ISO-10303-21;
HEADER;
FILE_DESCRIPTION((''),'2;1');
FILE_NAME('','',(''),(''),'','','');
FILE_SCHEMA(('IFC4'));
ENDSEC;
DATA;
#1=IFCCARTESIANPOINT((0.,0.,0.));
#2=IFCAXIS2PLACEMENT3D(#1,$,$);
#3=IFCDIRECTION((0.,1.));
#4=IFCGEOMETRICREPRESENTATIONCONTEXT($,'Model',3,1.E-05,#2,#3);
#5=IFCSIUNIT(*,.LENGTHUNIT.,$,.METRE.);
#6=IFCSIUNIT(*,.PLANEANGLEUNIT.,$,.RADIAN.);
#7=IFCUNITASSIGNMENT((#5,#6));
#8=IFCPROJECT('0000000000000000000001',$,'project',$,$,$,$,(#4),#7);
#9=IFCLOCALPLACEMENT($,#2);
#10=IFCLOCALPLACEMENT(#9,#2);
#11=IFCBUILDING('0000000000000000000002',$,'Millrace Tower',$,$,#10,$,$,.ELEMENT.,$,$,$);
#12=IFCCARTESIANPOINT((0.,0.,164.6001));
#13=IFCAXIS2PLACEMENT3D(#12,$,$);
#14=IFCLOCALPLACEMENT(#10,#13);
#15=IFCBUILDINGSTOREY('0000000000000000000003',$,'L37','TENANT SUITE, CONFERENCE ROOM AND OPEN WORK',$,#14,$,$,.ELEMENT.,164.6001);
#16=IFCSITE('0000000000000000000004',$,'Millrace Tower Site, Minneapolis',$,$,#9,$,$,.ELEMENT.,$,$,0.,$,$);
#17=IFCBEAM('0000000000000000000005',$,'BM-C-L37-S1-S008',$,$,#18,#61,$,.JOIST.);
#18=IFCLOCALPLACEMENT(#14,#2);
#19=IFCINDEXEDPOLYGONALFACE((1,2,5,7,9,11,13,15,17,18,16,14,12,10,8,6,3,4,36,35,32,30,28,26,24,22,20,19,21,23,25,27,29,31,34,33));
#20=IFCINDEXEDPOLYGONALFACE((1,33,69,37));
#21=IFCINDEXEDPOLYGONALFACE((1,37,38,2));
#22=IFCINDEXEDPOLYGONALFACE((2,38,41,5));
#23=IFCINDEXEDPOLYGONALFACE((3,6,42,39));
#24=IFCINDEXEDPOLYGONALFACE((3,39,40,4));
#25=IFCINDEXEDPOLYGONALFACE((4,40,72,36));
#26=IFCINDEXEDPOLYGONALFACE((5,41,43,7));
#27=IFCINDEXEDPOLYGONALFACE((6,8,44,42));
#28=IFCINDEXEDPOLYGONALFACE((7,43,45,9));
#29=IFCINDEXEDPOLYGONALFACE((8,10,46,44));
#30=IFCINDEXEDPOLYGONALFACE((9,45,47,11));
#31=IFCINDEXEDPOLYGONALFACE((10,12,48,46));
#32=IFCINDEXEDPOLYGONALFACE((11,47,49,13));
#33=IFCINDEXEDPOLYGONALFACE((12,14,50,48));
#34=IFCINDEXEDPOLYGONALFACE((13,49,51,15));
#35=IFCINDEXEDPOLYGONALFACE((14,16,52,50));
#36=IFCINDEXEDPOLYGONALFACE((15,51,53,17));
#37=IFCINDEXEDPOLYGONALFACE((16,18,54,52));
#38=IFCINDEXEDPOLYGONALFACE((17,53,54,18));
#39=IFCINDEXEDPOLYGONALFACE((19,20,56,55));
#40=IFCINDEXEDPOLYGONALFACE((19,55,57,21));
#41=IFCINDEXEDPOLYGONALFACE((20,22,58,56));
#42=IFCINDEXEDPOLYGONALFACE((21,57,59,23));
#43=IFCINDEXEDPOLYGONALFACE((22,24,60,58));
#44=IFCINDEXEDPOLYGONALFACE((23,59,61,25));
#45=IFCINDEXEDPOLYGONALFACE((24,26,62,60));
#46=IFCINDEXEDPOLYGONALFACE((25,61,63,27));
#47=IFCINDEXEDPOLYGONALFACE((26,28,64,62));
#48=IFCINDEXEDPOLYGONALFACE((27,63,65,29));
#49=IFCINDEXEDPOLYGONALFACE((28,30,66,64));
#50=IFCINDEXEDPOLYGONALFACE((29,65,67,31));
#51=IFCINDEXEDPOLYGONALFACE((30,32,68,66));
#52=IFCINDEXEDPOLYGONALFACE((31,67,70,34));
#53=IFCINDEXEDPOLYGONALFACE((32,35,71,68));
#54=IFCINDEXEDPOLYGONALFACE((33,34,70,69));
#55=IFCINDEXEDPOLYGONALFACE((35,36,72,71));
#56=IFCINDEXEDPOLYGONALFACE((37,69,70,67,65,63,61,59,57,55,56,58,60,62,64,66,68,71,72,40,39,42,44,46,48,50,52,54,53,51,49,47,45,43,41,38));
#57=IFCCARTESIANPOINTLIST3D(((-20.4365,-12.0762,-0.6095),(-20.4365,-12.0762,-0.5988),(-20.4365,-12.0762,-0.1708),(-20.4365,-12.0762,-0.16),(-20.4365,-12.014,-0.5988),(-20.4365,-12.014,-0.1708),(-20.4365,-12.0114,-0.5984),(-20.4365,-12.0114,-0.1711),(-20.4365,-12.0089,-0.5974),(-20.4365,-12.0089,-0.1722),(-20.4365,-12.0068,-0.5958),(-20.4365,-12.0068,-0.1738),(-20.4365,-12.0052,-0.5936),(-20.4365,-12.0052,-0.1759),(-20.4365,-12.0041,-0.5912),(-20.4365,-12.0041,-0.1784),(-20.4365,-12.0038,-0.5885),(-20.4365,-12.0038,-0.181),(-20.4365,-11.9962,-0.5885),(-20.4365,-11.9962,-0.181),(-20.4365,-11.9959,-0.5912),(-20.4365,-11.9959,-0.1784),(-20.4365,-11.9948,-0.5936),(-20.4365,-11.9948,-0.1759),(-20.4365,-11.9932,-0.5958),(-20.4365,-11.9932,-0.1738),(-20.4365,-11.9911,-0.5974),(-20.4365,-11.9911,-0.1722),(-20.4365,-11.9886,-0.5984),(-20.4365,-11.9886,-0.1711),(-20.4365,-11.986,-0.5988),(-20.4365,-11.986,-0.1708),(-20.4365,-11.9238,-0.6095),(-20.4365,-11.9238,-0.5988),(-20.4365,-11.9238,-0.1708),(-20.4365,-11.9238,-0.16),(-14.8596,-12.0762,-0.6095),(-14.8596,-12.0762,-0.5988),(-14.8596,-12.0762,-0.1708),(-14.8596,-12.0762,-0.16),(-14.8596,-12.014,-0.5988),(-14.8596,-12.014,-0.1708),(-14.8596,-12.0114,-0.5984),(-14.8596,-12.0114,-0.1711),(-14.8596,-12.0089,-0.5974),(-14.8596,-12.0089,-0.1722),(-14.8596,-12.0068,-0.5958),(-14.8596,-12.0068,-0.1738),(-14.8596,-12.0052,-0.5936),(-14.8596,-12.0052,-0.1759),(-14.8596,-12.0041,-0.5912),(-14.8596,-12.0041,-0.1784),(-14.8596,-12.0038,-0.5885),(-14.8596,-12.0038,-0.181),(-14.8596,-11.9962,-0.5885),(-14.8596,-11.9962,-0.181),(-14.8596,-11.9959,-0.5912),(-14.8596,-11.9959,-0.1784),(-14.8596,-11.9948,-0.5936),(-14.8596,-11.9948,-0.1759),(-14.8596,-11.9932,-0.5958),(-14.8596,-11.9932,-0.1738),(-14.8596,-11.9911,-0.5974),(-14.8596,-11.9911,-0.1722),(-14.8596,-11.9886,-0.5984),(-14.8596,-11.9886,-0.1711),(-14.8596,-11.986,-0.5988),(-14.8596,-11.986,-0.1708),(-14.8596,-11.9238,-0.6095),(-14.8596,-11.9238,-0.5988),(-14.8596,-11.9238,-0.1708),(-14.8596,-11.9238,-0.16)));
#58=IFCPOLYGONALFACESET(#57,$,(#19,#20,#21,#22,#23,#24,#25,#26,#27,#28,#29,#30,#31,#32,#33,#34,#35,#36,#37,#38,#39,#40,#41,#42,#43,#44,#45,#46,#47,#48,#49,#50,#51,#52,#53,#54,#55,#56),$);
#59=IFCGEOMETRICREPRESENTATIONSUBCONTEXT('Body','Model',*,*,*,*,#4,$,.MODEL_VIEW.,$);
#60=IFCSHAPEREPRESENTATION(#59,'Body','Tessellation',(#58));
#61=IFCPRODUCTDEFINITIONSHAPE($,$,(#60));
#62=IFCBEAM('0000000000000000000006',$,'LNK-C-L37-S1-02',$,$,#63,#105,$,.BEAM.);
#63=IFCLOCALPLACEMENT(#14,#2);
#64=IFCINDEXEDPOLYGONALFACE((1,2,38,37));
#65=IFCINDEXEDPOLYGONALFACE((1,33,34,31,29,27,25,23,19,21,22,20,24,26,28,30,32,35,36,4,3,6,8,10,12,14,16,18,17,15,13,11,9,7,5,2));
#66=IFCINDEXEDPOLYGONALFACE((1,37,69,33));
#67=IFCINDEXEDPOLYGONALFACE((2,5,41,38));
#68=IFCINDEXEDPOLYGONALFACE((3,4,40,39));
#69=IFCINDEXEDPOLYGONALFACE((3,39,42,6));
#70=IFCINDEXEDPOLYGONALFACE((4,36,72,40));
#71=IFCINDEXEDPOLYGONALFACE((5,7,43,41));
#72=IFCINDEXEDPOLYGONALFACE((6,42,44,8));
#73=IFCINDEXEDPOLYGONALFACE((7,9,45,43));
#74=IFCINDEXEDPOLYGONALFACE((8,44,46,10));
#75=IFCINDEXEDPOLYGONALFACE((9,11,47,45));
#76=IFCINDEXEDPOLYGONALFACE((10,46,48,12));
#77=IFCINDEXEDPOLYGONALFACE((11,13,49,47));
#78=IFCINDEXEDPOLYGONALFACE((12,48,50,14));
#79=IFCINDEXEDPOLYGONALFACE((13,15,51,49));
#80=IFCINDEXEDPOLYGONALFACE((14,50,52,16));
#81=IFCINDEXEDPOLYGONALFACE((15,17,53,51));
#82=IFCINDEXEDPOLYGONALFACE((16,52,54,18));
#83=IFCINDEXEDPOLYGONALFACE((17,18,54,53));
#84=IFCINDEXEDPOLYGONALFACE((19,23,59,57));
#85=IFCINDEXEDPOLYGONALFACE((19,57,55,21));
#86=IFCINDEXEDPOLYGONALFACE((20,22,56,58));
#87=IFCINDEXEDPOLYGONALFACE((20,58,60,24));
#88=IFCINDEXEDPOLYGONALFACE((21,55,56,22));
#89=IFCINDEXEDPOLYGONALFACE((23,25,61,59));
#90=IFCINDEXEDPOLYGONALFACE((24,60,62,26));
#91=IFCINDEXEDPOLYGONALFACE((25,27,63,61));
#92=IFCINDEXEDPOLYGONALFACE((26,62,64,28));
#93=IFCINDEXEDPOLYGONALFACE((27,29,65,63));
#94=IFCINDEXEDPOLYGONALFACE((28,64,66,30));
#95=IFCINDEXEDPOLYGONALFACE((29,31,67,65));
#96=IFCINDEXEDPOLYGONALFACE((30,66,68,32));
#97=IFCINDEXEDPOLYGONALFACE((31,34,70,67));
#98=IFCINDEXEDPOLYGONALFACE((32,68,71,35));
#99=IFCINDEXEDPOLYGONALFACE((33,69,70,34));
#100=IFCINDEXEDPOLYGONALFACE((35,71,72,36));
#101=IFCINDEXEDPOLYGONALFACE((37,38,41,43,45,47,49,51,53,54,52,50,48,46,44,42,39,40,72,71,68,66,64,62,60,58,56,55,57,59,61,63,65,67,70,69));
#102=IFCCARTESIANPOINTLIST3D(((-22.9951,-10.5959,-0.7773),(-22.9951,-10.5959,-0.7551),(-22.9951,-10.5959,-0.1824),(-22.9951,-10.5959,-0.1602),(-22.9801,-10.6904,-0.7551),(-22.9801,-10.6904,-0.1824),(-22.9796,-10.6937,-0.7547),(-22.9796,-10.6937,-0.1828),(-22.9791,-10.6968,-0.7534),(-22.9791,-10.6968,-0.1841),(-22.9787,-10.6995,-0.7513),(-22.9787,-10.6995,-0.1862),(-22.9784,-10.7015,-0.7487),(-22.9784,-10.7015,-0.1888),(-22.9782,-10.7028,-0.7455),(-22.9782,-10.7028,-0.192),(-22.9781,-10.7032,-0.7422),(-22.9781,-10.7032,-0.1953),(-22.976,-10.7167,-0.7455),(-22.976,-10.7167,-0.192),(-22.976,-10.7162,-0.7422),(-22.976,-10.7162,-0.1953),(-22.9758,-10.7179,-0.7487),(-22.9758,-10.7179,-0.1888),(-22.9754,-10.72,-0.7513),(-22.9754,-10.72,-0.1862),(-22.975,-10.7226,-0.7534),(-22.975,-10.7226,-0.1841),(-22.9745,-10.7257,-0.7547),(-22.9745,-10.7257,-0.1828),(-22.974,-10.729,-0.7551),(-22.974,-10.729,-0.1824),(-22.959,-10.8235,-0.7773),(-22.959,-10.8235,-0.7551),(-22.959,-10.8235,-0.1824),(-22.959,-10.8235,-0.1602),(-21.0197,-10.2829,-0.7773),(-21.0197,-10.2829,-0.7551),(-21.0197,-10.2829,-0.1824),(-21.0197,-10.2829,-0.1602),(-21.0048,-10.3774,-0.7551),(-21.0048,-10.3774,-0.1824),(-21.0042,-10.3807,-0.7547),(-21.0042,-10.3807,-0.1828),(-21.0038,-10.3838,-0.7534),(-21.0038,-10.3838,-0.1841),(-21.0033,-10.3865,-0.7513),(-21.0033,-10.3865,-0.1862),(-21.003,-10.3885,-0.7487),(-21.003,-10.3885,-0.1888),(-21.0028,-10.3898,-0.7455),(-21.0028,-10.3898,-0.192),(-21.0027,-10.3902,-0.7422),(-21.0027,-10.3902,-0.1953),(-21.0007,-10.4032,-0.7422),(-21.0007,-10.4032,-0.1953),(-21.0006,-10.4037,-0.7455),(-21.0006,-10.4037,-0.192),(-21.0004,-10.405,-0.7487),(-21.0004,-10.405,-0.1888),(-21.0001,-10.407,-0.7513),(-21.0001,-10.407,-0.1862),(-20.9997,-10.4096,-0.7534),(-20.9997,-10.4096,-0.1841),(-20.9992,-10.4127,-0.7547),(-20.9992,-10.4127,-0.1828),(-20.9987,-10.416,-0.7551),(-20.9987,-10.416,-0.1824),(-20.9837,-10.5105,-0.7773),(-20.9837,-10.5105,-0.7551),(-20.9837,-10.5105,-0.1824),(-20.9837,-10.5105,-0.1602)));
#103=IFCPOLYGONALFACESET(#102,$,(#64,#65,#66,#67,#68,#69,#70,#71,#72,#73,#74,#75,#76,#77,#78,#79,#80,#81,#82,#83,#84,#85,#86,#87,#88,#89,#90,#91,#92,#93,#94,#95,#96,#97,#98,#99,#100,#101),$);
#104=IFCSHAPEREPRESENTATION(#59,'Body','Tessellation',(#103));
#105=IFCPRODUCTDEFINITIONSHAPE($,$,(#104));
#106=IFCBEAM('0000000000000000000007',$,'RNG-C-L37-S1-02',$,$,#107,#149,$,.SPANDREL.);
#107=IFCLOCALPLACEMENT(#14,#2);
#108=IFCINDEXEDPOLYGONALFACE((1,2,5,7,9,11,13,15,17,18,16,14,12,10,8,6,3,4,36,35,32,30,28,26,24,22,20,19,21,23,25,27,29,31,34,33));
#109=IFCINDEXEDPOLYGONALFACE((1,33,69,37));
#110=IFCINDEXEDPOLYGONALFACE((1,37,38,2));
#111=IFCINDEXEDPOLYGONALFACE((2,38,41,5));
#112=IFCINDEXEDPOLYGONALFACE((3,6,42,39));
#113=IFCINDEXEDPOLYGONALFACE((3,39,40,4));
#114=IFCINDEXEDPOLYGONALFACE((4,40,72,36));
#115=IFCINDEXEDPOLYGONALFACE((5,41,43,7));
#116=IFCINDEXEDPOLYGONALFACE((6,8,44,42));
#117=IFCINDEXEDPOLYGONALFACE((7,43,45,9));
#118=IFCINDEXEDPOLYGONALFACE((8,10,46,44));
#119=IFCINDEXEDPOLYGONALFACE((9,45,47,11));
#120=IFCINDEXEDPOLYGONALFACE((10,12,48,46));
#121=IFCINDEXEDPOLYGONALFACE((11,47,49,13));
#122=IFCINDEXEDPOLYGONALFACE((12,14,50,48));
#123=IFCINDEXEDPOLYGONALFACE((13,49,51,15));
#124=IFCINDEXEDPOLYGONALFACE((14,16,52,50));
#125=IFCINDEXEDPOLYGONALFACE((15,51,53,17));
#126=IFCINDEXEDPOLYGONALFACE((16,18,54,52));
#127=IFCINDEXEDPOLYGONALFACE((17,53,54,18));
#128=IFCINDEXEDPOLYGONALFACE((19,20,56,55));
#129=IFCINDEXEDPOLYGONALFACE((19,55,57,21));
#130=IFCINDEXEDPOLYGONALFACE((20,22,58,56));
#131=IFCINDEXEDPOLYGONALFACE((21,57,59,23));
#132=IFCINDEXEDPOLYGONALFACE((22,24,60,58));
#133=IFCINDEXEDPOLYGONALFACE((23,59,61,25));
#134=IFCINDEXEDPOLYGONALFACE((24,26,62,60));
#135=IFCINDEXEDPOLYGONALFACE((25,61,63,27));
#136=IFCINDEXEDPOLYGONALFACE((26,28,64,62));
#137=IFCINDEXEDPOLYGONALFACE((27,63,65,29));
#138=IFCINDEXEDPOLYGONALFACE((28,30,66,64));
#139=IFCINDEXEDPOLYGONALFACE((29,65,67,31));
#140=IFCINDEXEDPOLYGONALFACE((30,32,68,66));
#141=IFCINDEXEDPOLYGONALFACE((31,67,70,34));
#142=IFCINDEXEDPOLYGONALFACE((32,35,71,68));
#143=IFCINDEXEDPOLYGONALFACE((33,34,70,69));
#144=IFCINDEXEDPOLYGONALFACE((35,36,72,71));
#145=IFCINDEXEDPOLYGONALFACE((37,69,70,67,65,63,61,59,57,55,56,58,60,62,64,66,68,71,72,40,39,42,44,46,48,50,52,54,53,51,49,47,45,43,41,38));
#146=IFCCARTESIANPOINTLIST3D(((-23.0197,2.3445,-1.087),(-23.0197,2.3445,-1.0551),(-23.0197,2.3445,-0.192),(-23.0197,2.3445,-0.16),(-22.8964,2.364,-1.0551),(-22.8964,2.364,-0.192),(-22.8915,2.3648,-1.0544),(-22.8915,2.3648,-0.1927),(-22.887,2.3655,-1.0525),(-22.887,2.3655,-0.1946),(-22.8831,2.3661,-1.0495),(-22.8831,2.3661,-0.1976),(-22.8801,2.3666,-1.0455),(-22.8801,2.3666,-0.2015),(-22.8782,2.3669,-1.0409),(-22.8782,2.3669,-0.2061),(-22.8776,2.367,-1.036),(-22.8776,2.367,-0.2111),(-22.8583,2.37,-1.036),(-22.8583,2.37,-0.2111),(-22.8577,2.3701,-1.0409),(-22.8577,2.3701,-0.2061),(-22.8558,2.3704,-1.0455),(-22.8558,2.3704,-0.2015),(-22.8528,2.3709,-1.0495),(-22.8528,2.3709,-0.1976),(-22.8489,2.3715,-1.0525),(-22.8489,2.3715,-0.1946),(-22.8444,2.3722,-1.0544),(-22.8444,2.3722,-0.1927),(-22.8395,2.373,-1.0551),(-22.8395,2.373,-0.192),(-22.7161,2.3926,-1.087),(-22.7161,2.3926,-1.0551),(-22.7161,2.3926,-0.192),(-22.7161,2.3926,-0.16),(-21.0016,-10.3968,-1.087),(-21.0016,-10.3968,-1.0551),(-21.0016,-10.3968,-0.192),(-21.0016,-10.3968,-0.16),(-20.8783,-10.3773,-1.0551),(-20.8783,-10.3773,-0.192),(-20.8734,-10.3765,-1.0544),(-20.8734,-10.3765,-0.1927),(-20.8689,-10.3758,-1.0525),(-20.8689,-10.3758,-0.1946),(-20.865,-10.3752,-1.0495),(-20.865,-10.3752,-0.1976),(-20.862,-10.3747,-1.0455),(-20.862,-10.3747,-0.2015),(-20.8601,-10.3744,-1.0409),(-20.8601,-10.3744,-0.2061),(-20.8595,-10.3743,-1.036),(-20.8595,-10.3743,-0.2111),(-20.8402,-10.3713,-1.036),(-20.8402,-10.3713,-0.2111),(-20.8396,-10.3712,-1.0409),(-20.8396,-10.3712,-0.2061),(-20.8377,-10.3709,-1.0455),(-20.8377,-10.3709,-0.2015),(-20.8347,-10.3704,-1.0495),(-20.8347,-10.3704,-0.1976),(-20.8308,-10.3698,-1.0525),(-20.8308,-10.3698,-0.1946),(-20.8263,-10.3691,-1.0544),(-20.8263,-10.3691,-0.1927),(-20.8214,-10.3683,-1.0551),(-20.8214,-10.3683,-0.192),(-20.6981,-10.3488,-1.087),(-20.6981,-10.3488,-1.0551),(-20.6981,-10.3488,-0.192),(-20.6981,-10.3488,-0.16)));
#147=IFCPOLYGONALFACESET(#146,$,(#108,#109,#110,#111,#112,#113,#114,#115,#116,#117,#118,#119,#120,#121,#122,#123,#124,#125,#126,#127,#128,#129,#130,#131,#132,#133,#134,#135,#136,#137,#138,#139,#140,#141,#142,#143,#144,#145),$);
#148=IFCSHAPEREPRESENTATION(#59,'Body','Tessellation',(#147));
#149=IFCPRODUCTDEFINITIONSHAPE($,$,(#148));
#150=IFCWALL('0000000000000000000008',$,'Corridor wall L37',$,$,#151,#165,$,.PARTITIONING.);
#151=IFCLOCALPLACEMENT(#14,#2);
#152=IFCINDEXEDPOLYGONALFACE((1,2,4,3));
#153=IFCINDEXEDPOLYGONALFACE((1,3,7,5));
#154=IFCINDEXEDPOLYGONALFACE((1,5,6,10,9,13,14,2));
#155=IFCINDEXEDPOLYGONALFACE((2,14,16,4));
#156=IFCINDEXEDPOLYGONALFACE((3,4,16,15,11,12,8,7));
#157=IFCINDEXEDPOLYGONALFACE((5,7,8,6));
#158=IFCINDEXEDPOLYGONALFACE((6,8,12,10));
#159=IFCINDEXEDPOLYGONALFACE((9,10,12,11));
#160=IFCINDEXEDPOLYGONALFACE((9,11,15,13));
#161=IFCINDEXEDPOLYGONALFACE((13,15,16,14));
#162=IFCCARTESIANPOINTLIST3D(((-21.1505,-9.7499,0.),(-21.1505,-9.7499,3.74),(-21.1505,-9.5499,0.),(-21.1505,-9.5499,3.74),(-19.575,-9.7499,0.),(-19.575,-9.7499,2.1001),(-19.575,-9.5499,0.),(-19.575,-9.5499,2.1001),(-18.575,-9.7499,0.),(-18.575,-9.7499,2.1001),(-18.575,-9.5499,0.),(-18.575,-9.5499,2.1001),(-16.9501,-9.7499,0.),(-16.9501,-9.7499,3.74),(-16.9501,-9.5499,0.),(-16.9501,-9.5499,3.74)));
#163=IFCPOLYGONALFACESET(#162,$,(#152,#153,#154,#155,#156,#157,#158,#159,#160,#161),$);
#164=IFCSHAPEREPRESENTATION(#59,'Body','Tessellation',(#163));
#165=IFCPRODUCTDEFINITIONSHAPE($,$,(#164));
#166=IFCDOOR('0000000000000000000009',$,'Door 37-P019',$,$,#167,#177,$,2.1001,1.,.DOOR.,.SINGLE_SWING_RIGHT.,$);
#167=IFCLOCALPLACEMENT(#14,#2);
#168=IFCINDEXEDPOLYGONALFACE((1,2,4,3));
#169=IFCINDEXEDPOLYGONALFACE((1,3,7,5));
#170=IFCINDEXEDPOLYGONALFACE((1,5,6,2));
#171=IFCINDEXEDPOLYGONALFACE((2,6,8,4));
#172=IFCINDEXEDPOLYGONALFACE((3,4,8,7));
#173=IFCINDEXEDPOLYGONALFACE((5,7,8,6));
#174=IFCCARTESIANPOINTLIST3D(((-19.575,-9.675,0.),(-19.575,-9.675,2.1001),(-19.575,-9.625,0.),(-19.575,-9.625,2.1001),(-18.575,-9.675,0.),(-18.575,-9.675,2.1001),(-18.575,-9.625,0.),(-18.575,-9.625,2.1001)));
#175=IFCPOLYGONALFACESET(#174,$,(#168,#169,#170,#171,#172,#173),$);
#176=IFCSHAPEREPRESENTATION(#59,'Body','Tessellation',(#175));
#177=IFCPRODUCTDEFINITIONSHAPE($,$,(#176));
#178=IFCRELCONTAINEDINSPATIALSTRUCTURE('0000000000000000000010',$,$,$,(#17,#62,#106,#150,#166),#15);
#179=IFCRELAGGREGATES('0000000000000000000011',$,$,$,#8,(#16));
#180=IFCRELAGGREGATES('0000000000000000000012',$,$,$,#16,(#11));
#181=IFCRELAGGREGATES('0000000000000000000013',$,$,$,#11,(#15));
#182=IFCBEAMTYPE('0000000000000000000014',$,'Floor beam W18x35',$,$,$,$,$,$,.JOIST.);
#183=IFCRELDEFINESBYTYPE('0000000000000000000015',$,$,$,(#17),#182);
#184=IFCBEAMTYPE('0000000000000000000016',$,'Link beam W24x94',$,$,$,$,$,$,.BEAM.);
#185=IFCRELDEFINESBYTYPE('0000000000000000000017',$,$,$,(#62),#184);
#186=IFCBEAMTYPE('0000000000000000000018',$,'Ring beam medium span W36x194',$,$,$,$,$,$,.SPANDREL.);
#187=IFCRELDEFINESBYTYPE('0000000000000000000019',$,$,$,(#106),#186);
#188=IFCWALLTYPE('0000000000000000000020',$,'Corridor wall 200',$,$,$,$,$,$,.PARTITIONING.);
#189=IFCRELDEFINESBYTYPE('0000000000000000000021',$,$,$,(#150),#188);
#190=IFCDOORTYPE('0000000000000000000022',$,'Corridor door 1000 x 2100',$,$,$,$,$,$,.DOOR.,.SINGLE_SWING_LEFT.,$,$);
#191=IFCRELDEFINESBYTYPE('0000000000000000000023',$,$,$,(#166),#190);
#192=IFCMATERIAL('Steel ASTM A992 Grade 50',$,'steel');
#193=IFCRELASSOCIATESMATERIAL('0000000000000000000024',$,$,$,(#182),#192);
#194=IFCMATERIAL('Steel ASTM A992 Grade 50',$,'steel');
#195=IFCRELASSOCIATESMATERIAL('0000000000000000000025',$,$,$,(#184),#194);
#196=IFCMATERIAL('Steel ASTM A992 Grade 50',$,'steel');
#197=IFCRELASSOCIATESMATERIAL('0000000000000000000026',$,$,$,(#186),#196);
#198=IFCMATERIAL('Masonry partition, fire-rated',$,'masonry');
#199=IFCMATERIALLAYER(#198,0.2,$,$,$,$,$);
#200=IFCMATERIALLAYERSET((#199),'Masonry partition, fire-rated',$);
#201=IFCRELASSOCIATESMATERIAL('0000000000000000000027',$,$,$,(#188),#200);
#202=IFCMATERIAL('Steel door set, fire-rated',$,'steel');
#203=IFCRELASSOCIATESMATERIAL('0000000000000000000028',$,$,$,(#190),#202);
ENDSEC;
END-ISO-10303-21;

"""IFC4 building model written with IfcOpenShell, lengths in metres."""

from ifc_helpers import new_model, si_unit, direction, frame, frame_2d, origin, origin_2d, place, context, subcontext, project, spatial, rectangle, i_section, extrude, material, layer, layer_set, material_profile, profile_set, type_object, element, fill, save


model = new_model("IFC4")

# Units and contexts
model_context = context("Model", 3, precision=1e-05, world=origin(), true_north=direction((0.0, 1.0)))
body_context = subcontext(model_context, "Body", "Model", "MODEL_VIEW")
ifc_project = project(units=[si_unit("LENGTHUNIT", "METRE"), si_unit("PLANEANGLEUNIT", "RADIAN")], contexts=[model_context])

# Site, building, storey
site_placement = place(None, origin())
site = spatial("IfcSite", under=ifc_project, at=site_placement, Name="Millrace Tower Site, Minneapolis", CompositionType="ELEMENT", RefElevation=0.0)
building_placement = place(site_placement, origin())
building = spatial("IfcBuilding", under=site, at=building_placement, Name="Millrace Tower", CompositionType="ELEMENT")
storey_placement = place(building_placement, frame((0.0, 0.0, 164.6001)))
storey = spatial("IfcBuildingStorey", under=building, at=storey_placement, Name="L37", Description="TENANT SUITE, CONFERENCE ROOM AND OPEN WORK", CompositionType="ELEMENT", Elevation=164.6001)

# Beams
ifc_material_1 = material(Name="Steel ASTM A992 Grade 50", Category="steel")
ifc_material_profile_1 = material_profile(ifc_material_1, i_section(OverallWidth=0.1523, OverallDepth=0.4495, WebThickness=0.0076, FlangeThickness=0.0107, FilletRadius=0.0103, at=origin_2d()))
ifc_profile_set_1 = profile_set([ifc_material_profile_1], Name="Steel ASTM A992 Grade 50")
beam_type_1 = type_object("IfcBeamType", Name="Floor beam W18x35", PredefinedType="JOIST", material=ifc_profile_set_1)
beam_1_placement = place(storey_placement, frame((-20.4365, -12.0, -0.3848), z_axis=(1.0, 0.0, 0.0), x_axis=(0.0, 1.0, 0.0)))
element("IfcBeam", 1, at=beam_1_placement, inside=storey, type_object=beam_type_1, Name="BM-C-L37-S1-S008", PredefinedType="JOIST", context=body_context, shape_type="SweptSolid", body=[
    extrude(i_section(OverallWidth=0.1523, OverallDepth=0.4495, WebThickness=0.0076, FlangeThickness=0.0107, FilletRadius=0.0103, at=origin_2d()), origin(), (0.0, 0.0, 1.0), 5.5769),
])
ifc_material_2 = material(Name="Steel ASTM A992 Grade 50", Category="steel")
ifc_material_profile_2 = material_profile(ifc_material_2, i_section(OverallWidth=0.2305, OverallDepth=0.6172, WebThickness=0.0132, FlangeThickness=0.0222, FilletRadius=0.0129, at=origin_2d()))
ifc_profile_set_2 = profile_set([ifc_material_profile_2], Name="Steel ASTM A992 Grade 50")
beam_type_2 = type_object("IfcBeamType", Name="Link beam W24x94", PredefinedType="BEAM", material=ifc_profile_set_2)
beam_2_placement = place(storey_placement, frame((-21.0017, -10.3967, -0.4688), z_axis=(-0.987679, -0.156495, 0.0), x_axis=(0.156495, -0.987679, 0.0)))
element("IfcBeam", 2, at=beam_2_placement, inside=storey, type_object=beam_type_2, Name="LNK-C-L37-S1-02", PredefinedType="BEAM", context=body_context, shape_type="SweptSolid", body=[
    extrude(i_section(OverallWidth=0.2305, OverallDepth=0.6172, WebThickness=0.0132, FlangeThickness=0.0222, FilletRadius=0.0129, at=origin_2d()), origin(), (0.0, 0.0, 1.0), 2.0),
])
ifc_material_3 = material(Name="Steel ASTM A992 Grade 50", Category="steel")
ifc_material_profile_3 = material_profile(ifc_material_3, i_section(OverallWidth=0.3074, OverallDepth=0.927, WebThickness=0.0195, FlangeThickness=0.032, FilletRadius=0.019, at=origin_2d()))
ifc_profile_set_3 = profile_set([ifc_material_profile_3], Name="Steel ASTM A992 Grade 50")
beam_type_3 = type_object("IfcBeamType", Name="Ring beam medium span W36x194", PredefinedType="SPANDREL", material=ifc_profile_set_3)
beam_3_placement = place(storey_placement, frame((-20.8499, -10.3728, -0.6235), z_axis=(-0.156439, 0.987688, 0.0), x_axis=(-0.987688, -0.156439, 0.0)))
element("IfcBeam", 3, at=beam_3_placement, inside=storey, type_object=beam_type_3, Name="RNG-C-L37-S1-02", PredefinedType="SPANDREL", context=body_context, shape_type="SweptSolid", body=[
    extrude(i_section(OverallWidth=0.3074, OverallDepth=0.927, WebThickness=0.0195, FlangeThickness=0.032, FilletRadius=0.019, at=origin_2d()), origin(), (0.0, 0.0, 1.0), 12.9001),
])

# Shared definitions
ifc_material_4 = material(Name="Masonry partition, fire-rated", Category="masonry")
ifc_layer_1 = layer(ifc_material_4, 0.2)
ifc_layer_set_1 = layer_set([ifc_layer_1], Name="Masonry partition, fire-rated")
wall_type = type_object("IfcWallType", Name="Corridor wall 200", PredefinedType="PARTITIONING", material=ifc_layer_set_1)
ifc_material_5 = material(Name="Steel door set, fire-rated", Category="steel")
door_type_1 = type_object("IfcDoorType", Name="Corridor door 1000 x 2100", OperationType="SINGLE_SWING_LEFT", PredefinedType="DOOR", material=ifc_material_5)

# Wall, opening, door
wall_1_placement = place(storey_placement, frame((-21.1504, -9.6499, 0.0), z_axis=(0.0, 0.0, 1.0), x_axis=(1.0, 0.0, 0.0)))
wall_1 = element("IfcWall", 4, at=wall_1_placement, inside=storey, type_object=wall_type, Name="Corridor wall L37", PredefinedType="PARTITIONING", context=body_context, shape_type="SweptSolid", body=[
    extrude(rectangle(XDim=4.2004, YDim=0.2, at=frame_2d((2.1001, 0.0))), origin(), (0.0, 0.0, 1.0), 3.74),
])
opening_1_placement = place(wall_1_placement, frame((1.5754, 0.0, 0.0)))
opening_1 = element("IfcOpeningElement", 5, at=opening_1_placement, cuts=wall_1, PredefinedType="OPENING", context=body_context, shape_type="SweptSolid", body=[
    extrude(rectangle(XDim=1.0, YDim=2.1001, at=frame_2d((0.5, 1.05))), frame((0.0, 0.1099, 0.0), z_axis=(0.0, -1.0, 0.0), x_axis=(1.0, 0.0, 0.0)), (0.0, 0.0, 1.0), 0.22),
])
door_1_placement = place(opening_1_placement, origin())
door_1 = element("IfcDoor", 6, at=door_1_placement, inside=storey, type_object=door_type_1, Name="Door 37-P019", OperationType="SINGLE_SWING_RIGHT", OverallHeight=2.1001, OverallWidth=1.0, PredefinedType="DOOR", context=body_context, shape_type="SweptSolid", body=[
    extrude(rectangle(XDim=1.0, YDim=2.1001, at=frame_2d((0.5, 1.05))), frame((0.0, 0.0249, 0.0), z_axis=(0.0, -1.0, 0.0), x_axis=(1.0, 0.0, 0.0)), (0.0, 0.0, 1.0), 0.05),
])
fill(opening_1, door_1)

save(model, "model.ifc")
